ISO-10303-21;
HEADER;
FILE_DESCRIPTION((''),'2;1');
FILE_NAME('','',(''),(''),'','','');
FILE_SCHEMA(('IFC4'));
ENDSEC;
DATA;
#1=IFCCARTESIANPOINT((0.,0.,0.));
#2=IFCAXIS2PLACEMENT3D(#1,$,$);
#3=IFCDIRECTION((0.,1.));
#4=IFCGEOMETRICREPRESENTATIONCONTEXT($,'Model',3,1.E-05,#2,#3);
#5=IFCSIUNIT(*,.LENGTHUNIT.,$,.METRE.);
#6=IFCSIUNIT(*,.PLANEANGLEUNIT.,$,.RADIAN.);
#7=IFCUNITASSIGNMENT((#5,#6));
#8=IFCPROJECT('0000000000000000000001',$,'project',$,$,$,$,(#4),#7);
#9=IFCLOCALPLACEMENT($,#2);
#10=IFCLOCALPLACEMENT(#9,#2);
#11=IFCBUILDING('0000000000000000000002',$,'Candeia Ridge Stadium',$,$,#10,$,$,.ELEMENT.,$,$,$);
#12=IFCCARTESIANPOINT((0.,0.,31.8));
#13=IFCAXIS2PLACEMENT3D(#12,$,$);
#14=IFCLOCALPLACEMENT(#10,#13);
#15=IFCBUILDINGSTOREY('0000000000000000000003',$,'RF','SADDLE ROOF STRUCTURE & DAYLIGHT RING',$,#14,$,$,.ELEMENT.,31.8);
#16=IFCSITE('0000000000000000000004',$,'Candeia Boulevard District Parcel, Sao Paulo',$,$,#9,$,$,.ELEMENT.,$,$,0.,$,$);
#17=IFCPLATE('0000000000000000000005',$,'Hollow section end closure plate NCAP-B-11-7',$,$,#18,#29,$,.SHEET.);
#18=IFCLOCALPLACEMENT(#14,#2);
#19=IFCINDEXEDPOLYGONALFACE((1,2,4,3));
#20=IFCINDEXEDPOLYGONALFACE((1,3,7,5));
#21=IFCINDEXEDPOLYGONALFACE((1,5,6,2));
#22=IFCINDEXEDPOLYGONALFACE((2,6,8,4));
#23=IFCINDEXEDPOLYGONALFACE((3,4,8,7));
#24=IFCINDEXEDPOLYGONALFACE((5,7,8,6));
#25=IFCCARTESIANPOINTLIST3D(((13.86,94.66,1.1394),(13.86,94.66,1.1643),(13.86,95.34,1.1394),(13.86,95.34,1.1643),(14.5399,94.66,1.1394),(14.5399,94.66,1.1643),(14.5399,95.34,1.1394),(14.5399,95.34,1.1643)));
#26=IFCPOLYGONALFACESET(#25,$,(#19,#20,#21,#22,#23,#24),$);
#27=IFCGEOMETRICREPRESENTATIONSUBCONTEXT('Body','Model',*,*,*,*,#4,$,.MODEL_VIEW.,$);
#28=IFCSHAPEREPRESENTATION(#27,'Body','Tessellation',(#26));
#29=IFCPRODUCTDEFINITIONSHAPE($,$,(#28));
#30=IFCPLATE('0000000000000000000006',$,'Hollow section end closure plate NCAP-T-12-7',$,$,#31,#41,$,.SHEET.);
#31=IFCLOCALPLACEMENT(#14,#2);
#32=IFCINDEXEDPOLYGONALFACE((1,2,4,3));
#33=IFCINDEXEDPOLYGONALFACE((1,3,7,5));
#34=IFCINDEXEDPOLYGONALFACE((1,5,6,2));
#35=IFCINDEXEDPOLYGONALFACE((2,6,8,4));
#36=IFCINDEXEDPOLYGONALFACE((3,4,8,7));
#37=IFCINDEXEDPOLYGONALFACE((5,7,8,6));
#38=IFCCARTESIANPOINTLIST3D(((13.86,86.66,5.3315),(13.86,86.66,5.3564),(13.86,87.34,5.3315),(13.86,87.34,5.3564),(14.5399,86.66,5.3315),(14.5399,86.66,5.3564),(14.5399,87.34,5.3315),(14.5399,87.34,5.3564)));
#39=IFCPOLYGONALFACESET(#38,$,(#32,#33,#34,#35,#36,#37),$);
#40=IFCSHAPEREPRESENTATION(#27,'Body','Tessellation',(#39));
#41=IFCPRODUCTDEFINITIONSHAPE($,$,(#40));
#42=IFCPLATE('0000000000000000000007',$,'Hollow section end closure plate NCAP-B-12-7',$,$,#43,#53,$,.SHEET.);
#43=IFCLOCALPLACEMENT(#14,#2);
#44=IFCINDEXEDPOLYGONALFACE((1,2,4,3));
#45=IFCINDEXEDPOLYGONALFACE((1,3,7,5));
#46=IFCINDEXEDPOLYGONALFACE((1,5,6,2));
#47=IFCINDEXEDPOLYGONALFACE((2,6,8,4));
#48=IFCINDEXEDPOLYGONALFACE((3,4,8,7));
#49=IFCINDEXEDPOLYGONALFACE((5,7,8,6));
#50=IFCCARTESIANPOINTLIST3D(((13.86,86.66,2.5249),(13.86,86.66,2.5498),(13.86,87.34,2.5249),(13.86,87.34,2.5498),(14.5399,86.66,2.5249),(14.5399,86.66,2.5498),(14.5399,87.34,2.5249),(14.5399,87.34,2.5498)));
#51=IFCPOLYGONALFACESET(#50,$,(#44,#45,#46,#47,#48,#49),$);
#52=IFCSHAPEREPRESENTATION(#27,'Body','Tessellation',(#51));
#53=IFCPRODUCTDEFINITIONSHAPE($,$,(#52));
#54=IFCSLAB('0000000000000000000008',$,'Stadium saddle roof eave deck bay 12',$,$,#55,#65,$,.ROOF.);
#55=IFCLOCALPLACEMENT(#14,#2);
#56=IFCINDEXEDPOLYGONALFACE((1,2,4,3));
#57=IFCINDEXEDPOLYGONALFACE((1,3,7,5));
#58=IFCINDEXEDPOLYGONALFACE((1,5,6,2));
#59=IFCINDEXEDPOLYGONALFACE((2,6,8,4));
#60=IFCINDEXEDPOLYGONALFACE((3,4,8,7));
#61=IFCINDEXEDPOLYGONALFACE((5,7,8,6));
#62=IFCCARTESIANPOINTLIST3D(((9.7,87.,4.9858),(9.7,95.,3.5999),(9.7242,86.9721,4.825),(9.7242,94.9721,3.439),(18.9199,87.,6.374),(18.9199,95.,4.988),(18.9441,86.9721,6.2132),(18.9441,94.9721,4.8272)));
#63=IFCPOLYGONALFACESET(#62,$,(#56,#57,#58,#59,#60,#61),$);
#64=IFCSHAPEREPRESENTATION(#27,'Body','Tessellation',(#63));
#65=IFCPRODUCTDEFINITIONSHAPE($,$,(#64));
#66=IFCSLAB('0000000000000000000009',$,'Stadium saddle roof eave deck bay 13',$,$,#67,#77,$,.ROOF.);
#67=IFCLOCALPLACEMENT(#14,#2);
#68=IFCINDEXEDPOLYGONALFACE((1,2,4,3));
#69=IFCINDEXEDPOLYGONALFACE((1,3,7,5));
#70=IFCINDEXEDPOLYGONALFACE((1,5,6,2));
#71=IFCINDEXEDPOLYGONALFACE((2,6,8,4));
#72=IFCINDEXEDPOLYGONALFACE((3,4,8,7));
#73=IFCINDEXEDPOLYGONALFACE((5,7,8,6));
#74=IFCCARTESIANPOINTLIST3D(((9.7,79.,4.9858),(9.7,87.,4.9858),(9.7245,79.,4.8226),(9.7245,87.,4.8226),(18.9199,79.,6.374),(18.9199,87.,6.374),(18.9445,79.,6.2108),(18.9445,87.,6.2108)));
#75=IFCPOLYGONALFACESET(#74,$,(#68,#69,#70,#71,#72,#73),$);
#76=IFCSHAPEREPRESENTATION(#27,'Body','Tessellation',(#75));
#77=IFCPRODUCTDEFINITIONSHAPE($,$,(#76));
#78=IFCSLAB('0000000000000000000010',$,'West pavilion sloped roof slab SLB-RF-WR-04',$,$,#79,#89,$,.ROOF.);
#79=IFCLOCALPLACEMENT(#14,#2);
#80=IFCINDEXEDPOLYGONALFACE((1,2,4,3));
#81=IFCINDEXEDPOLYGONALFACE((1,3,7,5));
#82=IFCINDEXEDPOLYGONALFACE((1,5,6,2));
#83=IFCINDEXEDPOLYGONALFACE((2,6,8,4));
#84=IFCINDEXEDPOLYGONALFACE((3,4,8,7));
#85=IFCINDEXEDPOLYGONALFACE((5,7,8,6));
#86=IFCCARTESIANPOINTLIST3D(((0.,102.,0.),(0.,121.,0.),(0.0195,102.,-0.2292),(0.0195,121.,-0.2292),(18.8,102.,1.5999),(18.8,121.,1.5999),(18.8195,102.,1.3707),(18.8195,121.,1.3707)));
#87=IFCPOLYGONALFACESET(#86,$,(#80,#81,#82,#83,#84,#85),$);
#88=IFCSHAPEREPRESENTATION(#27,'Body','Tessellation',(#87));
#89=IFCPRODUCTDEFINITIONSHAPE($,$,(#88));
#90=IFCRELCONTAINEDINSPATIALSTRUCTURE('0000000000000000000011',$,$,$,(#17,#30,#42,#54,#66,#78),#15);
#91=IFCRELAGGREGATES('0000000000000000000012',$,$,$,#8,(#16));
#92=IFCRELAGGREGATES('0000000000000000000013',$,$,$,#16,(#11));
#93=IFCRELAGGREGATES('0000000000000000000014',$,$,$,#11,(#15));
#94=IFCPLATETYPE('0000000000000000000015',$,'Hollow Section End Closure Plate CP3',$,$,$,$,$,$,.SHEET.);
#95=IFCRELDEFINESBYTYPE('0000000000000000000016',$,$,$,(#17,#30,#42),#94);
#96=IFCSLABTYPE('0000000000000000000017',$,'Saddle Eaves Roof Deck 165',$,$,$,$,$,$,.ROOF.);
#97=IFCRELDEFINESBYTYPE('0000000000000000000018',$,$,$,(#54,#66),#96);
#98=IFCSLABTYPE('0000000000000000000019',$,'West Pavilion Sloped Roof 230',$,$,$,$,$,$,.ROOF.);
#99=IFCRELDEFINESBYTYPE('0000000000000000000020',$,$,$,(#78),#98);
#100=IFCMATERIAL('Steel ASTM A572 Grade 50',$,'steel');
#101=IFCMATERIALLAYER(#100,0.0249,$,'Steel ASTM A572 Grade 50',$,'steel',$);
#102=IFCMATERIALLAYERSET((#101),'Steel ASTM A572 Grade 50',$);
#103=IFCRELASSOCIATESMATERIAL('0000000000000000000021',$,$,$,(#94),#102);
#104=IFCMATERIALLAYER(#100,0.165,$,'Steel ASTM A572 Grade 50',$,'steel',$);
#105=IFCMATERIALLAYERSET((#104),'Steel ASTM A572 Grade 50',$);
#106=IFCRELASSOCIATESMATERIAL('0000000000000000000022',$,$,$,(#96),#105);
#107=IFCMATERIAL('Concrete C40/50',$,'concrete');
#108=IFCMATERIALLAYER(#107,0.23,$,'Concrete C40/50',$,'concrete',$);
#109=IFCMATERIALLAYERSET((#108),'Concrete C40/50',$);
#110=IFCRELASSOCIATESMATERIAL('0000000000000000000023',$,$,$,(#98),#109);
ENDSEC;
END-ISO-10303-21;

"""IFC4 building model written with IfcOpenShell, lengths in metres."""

from ifc_helpers import new_model, si_unit, direction, frame, origin, origin_2d, place, context, subcontext, project, spatial, polyline, rectangle, outline, extrude, material, layer, layer_set, type_object, element, save


model = new_model("IFC4")

# Units and contexts
model_context = context("Model", 3, precision=1e-05, world=origin(), true_north=direction((0.0, 1.0)))
body_context = subcontext(model_context, "Body", "Model", "MODEL_VIEW")
ifc_project = project(units=[si_unit("LENGTHUNIT", "METRE"), si_unit("PLANEANGLEUNIT", "RADIAN")], contexts=[model_context])

# Site, building, storey
site_placement = place(None, origin())
site = spatial("IfcSite", under=ifc_project, at=site_placement, Name="Candeia Boulevard District Parcel, Sao Paulo", CompositionType="ELEMENT", RefElevation=0.0)
building_placement = place(site_placement, origin())
building = spatial("IfcBuilding", under=site, at=building_placement, Name="Candeia Ridge Stadium", CompositionType="ELEMENT")
storey_placement = place(building_placement, frame((0.0, 0.0, 31.8)))
storey = spatial("IfcBuildingStorey", under=building, at=storey_placement, Name="RF", Description="SADDLE ROOF STRUCTURE & DAYLIGHT RING", CompositionType="ELEMENT", Elevation=31.8)

# Shared definitions
ifc_material_1 = material(Name="Steel ASTM A572 Grade 50", Category="steel")

# Plates
ifc_layer_1 = layer(ifc_material_1, 0.0249, Name="Steel ASTM A572 Grade 50", Category="steel")
ifc_layer_set_1 = layer_set([ifc_layer_1], Name="Steel ASTM A572 Grade 50")
plate_type_1 = type_object("IfcPlateType", Name="Hollow Section End Closure Plate CP3", PredefinedType="SHEET", material=ifc_layer_set_1)
for number, where, z_axis, x_axis, name in (
    (1, (14.2, 95.0, 1.1394), (0.0, 0.0, 1.0), (1.0, 0.0, 0.0), "Hollow section end closure plate NCAP-B-11-7"),
    (2, (14.2, 87.0, 5.3315), (0.0, 0.0, 1.0), (1.0, 0.0, 0.0), "Hollow section end closure plate NCAP-T-12-7"),
    (3, (14.2, 87.0, 2.5249), (0.0, 0.0, 1.0), (1.0, 0.0, 0.0), "Hollow section end closure plate NCAP-B-12-7"),
):
    element("IfcPlate", number, at=place(storey_placement, frame(where, z_axis=z_axis, x_axis=x_axis)), inside=storey, type_object=plate_type_1, Name=name, PredefinedType="SHEET", context=body_context, shape_type="SweptSolid", body=[
        extrude(rectangle(XDim=0.6799, YDim=0.6799, at=origin_2d()), origin(), (0.0, 0.0, 1.0), 0.0249),
    ])

# Slabs
ifc_layer_2 = layer(ifc_material_1, 0.165, Name="Steel ASTM A572 Grade 50", Category="steel")
ifc_layer_set_2 = layer_set([ifc_layer_2], Name="Steel ASTM A572 Grade 50")
slab_type_1 = type_object("IfcSlabType", Name="Saddle Eaves Roof Deck 165", PredefinedType="ROOF", material=ifc_layer_set_2)
slab_1_placement = place(storey_placement, frame((18.9199, 95.0, 4.988), z_axis=(-0.146747, 0.168857, 0.974655), x_axis=(0.0, -0.985322, 0.170705)))
element("IfcSlab", 4, at=slab_1_placement, inside=storey, type_object=slab_type_1, Name="Stadium saddle roof eave deck bay 12", PredefinedType="ROOF", context=body_context, shape_type="SweptSolid", body=[
    extrude(outline(polyline([(0.0, 0.0), (8.1192, 0.0), (7.8822, -9.3209), (-0.237, -9.3209), (0.0, 0.0)])), origin(), (0.0, 0.0, -1.0), 0.165),
])
slab_2_placement = place(storey_placement, frame((18.9199, 87.0, 6.374), z_axis=(-0.148885, 0.0, 0.988855), x_axis=(0.0, -1.0, 0.0)))
element("IfcSlab", 5, at=slab_2_placement, inside=storey, type_object=slab_type_1, Name="Stadium saddle roof eave deck bay 13", PredefinedType="ROOF", context=body_context, shape_type="SweptSolid", body=[
    extrude(outline(polyline([(0.0, 0.0), (8.0, 0.0), (8.0, -9.3239), (0.0, -9.3239), (0.0, 0.0)])), origin(), (0.0, 0.0, -1.0), 0.165),
])
ifc_material_2 = material(Name="Concrete C40/50", Category="concrete")
ifc_layer_3 = layer(ifc_material_2, 0.23, Name="Concrete C40/50", Category="concrete")
ifc_layer_set_3 = layer_set([ifc_layer_3], Name="Concrete C40/50")
slab_type_2 = type_object("IfcSlabType", Name="West Pavilion Sloped Roof 230", PredefinedType="ROOF", material=ifc_layer_set_3)
slab_3_placement = place(storey_placement, frame((0.0, 102.0, 0.0), z_axis=(-0.084792, 0.0, 0.996399), x_axis=(0.996399, 0.0, 0.084792)))
element("IfcSlab", 6, at=slab_3_placement, inside=storey, type_object=slab_type_2, Name="West pavilion sloped roof slab SLB-RF-WR-04", PredefinedType="ROOF", context=body_context, shape_type="SweptSolid", body=[
    extrude(outline(polyline([(0.0, 0.0), (18.868, 0.0), (18.868, 19.0), (0.0, 19.0), (0.0, 0.0)])), origin(), (0.0, 0.0, -1.0), 0.23),
])

save(model, "model.ifc")
